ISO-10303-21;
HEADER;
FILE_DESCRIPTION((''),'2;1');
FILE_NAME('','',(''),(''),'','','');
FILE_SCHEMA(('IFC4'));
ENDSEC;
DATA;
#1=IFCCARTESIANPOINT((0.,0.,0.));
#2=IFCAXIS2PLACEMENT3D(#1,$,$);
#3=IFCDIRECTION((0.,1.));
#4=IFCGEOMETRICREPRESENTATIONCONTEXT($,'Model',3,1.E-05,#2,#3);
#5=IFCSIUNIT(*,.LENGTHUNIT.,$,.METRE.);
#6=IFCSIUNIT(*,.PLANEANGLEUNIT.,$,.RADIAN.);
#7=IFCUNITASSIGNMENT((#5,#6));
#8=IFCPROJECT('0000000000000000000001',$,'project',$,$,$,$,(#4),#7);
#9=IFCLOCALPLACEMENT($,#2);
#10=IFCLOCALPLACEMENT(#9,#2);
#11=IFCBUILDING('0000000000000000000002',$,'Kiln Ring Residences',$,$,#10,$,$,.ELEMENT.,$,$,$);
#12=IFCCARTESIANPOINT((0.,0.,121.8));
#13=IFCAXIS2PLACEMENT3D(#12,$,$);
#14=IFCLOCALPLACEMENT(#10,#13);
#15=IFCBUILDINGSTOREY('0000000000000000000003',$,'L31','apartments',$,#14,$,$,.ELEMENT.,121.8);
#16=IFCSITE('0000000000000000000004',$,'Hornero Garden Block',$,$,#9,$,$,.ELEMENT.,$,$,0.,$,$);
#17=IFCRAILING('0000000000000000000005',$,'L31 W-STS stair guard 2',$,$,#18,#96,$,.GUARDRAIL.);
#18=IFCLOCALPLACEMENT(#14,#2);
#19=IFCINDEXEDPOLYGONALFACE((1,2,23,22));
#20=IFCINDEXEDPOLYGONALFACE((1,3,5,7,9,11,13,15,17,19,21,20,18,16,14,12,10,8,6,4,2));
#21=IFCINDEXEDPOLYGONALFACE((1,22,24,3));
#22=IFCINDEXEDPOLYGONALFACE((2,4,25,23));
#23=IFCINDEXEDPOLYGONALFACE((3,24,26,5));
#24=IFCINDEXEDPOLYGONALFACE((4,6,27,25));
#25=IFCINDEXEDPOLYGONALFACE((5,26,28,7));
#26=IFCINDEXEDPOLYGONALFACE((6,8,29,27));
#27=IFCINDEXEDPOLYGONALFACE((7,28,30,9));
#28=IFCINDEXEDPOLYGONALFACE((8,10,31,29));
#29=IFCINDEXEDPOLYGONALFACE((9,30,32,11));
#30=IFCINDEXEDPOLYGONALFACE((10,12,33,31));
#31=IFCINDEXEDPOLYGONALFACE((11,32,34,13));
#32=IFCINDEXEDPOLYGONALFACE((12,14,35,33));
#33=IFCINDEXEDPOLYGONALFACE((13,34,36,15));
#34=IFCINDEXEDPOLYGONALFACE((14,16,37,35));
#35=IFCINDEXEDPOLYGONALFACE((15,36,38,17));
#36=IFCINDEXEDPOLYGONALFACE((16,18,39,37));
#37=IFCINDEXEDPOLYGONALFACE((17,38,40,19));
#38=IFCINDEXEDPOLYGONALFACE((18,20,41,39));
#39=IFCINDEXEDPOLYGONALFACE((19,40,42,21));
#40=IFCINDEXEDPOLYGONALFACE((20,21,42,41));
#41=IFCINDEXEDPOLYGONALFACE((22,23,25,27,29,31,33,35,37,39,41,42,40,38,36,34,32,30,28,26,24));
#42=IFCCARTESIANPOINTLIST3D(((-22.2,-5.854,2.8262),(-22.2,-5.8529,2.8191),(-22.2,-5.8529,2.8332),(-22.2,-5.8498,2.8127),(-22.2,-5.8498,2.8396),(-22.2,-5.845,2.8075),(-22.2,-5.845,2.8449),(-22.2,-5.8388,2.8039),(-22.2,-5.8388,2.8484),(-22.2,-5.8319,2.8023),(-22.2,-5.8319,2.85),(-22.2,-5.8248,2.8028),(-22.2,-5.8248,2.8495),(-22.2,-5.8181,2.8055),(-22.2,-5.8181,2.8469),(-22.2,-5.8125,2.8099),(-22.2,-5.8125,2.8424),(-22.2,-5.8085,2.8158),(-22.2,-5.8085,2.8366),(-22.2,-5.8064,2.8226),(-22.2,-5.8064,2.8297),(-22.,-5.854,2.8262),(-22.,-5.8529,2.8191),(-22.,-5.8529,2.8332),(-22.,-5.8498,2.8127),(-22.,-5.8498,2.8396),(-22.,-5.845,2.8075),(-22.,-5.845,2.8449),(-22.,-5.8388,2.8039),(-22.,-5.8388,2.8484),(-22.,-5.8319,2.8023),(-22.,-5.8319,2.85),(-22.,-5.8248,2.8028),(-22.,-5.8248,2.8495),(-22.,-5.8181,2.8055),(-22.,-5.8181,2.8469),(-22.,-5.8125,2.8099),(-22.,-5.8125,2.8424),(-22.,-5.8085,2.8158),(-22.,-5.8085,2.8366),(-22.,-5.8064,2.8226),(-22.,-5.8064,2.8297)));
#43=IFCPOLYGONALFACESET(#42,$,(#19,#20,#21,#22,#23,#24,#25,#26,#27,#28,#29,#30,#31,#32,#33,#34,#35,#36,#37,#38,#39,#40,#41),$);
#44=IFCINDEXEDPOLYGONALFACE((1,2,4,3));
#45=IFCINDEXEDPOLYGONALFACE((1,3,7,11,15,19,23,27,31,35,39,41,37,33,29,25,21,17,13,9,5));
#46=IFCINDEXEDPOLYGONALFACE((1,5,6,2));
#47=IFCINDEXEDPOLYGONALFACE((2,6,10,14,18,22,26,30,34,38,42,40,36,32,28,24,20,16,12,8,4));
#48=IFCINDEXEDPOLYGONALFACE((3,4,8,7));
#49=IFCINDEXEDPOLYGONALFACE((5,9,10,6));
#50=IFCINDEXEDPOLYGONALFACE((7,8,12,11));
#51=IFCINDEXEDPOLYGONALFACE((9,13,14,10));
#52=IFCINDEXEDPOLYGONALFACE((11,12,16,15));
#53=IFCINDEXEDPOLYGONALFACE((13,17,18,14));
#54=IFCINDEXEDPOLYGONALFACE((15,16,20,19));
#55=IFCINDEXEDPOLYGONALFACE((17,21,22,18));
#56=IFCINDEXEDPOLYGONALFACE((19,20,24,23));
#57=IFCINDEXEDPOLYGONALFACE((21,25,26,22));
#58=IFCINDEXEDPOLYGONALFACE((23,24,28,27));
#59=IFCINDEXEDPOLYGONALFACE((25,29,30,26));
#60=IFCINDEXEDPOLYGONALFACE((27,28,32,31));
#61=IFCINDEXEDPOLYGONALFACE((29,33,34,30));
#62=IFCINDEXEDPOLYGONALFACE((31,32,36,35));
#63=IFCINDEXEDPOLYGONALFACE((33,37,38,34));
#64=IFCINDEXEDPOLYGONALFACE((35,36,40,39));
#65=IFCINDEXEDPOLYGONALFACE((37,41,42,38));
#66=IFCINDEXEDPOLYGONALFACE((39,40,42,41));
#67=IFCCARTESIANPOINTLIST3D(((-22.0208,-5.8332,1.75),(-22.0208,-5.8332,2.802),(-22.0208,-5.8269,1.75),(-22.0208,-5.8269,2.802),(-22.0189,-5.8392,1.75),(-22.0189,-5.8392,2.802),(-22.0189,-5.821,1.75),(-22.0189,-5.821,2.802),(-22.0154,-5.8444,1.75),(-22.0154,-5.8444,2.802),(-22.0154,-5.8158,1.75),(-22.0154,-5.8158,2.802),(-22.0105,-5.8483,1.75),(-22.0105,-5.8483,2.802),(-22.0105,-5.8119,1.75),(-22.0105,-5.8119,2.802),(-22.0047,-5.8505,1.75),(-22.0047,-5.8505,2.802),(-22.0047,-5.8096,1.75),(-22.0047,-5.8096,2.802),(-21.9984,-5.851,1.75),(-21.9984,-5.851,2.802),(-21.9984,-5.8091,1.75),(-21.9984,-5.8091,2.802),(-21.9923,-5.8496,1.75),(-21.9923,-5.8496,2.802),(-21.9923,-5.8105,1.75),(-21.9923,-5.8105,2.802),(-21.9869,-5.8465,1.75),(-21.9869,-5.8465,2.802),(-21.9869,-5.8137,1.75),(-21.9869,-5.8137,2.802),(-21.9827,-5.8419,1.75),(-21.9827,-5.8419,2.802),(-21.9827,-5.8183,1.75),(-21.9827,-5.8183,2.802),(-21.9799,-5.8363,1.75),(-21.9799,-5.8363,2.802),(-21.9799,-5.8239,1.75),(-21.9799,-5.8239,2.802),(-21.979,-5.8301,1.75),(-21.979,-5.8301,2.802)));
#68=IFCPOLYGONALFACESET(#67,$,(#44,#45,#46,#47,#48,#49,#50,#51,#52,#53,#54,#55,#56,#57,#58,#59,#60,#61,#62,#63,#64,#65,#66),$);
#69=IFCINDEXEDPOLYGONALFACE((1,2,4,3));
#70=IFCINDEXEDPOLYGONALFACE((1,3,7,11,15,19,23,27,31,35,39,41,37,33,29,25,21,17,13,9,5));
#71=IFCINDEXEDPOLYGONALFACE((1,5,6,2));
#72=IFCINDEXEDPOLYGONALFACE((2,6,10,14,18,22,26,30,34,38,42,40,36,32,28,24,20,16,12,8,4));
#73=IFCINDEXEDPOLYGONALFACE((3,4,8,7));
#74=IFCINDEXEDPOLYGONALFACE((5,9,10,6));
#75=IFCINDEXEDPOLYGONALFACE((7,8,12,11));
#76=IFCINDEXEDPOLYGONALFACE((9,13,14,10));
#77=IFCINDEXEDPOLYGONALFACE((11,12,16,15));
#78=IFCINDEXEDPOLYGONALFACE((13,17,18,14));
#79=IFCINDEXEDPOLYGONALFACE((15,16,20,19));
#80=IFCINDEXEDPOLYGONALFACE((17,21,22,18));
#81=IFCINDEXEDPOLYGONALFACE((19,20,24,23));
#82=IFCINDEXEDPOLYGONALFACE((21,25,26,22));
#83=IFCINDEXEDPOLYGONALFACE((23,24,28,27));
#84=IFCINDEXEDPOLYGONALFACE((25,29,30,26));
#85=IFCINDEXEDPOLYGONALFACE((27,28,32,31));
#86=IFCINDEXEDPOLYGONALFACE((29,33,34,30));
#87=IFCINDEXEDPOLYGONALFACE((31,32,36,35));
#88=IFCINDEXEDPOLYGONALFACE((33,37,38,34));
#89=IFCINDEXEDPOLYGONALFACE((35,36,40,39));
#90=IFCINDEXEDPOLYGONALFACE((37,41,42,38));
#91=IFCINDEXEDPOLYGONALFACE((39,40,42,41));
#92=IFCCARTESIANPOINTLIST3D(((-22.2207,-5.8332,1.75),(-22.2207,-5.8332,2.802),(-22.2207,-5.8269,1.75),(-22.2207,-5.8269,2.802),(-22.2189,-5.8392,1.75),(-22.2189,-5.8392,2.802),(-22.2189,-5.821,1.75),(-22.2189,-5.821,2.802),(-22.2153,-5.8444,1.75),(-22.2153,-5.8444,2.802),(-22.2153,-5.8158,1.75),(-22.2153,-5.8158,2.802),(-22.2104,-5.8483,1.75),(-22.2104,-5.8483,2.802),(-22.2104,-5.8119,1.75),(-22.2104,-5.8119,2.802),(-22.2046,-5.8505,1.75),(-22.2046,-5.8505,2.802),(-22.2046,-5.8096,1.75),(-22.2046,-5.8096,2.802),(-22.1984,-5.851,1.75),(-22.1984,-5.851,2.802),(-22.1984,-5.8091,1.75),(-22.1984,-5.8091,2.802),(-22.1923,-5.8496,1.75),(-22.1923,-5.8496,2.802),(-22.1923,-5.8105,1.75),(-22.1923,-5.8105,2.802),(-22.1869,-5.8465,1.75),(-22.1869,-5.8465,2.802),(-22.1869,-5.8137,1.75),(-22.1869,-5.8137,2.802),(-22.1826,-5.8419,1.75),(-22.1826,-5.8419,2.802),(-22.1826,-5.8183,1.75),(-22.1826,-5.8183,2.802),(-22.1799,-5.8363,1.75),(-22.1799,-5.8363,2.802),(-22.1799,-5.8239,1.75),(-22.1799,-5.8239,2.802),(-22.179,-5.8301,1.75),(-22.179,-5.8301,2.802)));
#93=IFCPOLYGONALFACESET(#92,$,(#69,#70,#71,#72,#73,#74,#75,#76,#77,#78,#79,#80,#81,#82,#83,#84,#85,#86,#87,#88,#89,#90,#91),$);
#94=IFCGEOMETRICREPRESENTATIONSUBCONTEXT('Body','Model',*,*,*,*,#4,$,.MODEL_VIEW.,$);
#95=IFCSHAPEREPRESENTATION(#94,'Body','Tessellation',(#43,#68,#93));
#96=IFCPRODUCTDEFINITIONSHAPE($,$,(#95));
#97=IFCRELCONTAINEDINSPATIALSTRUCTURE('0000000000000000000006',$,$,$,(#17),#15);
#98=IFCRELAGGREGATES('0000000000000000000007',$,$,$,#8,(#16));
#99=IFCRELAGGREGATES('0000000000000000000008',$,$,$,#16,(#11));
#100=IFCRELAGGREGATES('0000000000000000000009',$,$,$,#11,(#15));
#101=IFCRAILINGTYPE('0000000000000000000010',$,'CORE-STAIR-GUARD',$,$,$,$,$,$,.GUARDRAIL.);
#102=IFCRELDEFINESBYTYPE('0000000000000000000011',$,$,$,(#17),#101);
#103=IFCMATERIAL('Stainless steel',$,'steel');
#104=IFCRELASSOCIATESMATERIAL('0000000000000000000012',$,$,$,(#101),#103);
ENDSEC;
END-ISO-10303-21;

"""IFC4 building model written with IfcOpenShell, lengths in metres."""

from ifc_helpers import new_model, si_unit, direction, frame, origin, origin_2d, place, context, subcontext, project, spatial, circle, extrude, material, type_object, element, save


model = new_model("IFC4")

# Units and contexts
model_context = context("Model", 3, precision=1e-05, world=origin(), true_north=direction((0.0, 1.0)))
body_context = subcontext(model_context, "Body", "Model", "MODEL_VIEW")
ifc_project = project(units=[si_unit("LENGTHUNIT", "METRE"), si_unit("PLANEANGLEUNIT", "RADIAN")], contexts=[model_context])

# Site, building, storey
site_placement = place(None, origin())
site = spatial("IfcSite", under=ifc_project, at=site_placement, Name="Hornero Garden Block", CompositionType="ELEMENT", RefElevation=0.0)
building_placement = place(site_placement, origin())
building = spatial("IfcBuilding", under=site, at=building_placement, Name="Kiln Ring Residences", CompositionType="ELEMENT")
storey_placement = place(building_placement, frame((0.0, 0.0, 121.8)))
storey = spatial("IfcBuildingStorey", under=building, at=storey_placement, Name="L31", Description="apartments", CompositionType="ELEMENT", Elevation=121.8)

# Railing
ifc_material_1 = material(Name="Stainless steel", Category="steel")
railing_type_1 = type_object("IfcRailingType", Name="CORE-STAIR-GUARD", PredefinedType="GUARDRAIL", material=ifc_material_1)
railing_1_placement = place(storey_placement, frame((-22.0, -5.8301, 1.75)))
element("IfcRailing", 1, at=railing_1_placement, inside=storey, type_object=railing_type_1, Name="L31 W-STS stair guard 2", PredefinedType="GUARDRAIL", context=body_context, shape_type="SweptSolid", body=[
    extrude(circle(Radius=0.0239, at=origin_2d()), frame((0.0, 0.0, 1.0762), z_axis=(-1.0, 0.0, 0.0), x_axis=(0.0, -1.0, 0.0)), (0.0, 0.0, 1.0), 0.2),
    extrude(circle(Radius=0.021, at=origin_2d()), origin(), (0.0, 0.0, 1.0), 1.052),
    extrude(circle(Radius=0.021, at=origin_2d()), frame((-0.2, 0.0, 0.0)), (0.0, 0.0, 1.0), 1.052),
])

save(model, "model.ifc")
